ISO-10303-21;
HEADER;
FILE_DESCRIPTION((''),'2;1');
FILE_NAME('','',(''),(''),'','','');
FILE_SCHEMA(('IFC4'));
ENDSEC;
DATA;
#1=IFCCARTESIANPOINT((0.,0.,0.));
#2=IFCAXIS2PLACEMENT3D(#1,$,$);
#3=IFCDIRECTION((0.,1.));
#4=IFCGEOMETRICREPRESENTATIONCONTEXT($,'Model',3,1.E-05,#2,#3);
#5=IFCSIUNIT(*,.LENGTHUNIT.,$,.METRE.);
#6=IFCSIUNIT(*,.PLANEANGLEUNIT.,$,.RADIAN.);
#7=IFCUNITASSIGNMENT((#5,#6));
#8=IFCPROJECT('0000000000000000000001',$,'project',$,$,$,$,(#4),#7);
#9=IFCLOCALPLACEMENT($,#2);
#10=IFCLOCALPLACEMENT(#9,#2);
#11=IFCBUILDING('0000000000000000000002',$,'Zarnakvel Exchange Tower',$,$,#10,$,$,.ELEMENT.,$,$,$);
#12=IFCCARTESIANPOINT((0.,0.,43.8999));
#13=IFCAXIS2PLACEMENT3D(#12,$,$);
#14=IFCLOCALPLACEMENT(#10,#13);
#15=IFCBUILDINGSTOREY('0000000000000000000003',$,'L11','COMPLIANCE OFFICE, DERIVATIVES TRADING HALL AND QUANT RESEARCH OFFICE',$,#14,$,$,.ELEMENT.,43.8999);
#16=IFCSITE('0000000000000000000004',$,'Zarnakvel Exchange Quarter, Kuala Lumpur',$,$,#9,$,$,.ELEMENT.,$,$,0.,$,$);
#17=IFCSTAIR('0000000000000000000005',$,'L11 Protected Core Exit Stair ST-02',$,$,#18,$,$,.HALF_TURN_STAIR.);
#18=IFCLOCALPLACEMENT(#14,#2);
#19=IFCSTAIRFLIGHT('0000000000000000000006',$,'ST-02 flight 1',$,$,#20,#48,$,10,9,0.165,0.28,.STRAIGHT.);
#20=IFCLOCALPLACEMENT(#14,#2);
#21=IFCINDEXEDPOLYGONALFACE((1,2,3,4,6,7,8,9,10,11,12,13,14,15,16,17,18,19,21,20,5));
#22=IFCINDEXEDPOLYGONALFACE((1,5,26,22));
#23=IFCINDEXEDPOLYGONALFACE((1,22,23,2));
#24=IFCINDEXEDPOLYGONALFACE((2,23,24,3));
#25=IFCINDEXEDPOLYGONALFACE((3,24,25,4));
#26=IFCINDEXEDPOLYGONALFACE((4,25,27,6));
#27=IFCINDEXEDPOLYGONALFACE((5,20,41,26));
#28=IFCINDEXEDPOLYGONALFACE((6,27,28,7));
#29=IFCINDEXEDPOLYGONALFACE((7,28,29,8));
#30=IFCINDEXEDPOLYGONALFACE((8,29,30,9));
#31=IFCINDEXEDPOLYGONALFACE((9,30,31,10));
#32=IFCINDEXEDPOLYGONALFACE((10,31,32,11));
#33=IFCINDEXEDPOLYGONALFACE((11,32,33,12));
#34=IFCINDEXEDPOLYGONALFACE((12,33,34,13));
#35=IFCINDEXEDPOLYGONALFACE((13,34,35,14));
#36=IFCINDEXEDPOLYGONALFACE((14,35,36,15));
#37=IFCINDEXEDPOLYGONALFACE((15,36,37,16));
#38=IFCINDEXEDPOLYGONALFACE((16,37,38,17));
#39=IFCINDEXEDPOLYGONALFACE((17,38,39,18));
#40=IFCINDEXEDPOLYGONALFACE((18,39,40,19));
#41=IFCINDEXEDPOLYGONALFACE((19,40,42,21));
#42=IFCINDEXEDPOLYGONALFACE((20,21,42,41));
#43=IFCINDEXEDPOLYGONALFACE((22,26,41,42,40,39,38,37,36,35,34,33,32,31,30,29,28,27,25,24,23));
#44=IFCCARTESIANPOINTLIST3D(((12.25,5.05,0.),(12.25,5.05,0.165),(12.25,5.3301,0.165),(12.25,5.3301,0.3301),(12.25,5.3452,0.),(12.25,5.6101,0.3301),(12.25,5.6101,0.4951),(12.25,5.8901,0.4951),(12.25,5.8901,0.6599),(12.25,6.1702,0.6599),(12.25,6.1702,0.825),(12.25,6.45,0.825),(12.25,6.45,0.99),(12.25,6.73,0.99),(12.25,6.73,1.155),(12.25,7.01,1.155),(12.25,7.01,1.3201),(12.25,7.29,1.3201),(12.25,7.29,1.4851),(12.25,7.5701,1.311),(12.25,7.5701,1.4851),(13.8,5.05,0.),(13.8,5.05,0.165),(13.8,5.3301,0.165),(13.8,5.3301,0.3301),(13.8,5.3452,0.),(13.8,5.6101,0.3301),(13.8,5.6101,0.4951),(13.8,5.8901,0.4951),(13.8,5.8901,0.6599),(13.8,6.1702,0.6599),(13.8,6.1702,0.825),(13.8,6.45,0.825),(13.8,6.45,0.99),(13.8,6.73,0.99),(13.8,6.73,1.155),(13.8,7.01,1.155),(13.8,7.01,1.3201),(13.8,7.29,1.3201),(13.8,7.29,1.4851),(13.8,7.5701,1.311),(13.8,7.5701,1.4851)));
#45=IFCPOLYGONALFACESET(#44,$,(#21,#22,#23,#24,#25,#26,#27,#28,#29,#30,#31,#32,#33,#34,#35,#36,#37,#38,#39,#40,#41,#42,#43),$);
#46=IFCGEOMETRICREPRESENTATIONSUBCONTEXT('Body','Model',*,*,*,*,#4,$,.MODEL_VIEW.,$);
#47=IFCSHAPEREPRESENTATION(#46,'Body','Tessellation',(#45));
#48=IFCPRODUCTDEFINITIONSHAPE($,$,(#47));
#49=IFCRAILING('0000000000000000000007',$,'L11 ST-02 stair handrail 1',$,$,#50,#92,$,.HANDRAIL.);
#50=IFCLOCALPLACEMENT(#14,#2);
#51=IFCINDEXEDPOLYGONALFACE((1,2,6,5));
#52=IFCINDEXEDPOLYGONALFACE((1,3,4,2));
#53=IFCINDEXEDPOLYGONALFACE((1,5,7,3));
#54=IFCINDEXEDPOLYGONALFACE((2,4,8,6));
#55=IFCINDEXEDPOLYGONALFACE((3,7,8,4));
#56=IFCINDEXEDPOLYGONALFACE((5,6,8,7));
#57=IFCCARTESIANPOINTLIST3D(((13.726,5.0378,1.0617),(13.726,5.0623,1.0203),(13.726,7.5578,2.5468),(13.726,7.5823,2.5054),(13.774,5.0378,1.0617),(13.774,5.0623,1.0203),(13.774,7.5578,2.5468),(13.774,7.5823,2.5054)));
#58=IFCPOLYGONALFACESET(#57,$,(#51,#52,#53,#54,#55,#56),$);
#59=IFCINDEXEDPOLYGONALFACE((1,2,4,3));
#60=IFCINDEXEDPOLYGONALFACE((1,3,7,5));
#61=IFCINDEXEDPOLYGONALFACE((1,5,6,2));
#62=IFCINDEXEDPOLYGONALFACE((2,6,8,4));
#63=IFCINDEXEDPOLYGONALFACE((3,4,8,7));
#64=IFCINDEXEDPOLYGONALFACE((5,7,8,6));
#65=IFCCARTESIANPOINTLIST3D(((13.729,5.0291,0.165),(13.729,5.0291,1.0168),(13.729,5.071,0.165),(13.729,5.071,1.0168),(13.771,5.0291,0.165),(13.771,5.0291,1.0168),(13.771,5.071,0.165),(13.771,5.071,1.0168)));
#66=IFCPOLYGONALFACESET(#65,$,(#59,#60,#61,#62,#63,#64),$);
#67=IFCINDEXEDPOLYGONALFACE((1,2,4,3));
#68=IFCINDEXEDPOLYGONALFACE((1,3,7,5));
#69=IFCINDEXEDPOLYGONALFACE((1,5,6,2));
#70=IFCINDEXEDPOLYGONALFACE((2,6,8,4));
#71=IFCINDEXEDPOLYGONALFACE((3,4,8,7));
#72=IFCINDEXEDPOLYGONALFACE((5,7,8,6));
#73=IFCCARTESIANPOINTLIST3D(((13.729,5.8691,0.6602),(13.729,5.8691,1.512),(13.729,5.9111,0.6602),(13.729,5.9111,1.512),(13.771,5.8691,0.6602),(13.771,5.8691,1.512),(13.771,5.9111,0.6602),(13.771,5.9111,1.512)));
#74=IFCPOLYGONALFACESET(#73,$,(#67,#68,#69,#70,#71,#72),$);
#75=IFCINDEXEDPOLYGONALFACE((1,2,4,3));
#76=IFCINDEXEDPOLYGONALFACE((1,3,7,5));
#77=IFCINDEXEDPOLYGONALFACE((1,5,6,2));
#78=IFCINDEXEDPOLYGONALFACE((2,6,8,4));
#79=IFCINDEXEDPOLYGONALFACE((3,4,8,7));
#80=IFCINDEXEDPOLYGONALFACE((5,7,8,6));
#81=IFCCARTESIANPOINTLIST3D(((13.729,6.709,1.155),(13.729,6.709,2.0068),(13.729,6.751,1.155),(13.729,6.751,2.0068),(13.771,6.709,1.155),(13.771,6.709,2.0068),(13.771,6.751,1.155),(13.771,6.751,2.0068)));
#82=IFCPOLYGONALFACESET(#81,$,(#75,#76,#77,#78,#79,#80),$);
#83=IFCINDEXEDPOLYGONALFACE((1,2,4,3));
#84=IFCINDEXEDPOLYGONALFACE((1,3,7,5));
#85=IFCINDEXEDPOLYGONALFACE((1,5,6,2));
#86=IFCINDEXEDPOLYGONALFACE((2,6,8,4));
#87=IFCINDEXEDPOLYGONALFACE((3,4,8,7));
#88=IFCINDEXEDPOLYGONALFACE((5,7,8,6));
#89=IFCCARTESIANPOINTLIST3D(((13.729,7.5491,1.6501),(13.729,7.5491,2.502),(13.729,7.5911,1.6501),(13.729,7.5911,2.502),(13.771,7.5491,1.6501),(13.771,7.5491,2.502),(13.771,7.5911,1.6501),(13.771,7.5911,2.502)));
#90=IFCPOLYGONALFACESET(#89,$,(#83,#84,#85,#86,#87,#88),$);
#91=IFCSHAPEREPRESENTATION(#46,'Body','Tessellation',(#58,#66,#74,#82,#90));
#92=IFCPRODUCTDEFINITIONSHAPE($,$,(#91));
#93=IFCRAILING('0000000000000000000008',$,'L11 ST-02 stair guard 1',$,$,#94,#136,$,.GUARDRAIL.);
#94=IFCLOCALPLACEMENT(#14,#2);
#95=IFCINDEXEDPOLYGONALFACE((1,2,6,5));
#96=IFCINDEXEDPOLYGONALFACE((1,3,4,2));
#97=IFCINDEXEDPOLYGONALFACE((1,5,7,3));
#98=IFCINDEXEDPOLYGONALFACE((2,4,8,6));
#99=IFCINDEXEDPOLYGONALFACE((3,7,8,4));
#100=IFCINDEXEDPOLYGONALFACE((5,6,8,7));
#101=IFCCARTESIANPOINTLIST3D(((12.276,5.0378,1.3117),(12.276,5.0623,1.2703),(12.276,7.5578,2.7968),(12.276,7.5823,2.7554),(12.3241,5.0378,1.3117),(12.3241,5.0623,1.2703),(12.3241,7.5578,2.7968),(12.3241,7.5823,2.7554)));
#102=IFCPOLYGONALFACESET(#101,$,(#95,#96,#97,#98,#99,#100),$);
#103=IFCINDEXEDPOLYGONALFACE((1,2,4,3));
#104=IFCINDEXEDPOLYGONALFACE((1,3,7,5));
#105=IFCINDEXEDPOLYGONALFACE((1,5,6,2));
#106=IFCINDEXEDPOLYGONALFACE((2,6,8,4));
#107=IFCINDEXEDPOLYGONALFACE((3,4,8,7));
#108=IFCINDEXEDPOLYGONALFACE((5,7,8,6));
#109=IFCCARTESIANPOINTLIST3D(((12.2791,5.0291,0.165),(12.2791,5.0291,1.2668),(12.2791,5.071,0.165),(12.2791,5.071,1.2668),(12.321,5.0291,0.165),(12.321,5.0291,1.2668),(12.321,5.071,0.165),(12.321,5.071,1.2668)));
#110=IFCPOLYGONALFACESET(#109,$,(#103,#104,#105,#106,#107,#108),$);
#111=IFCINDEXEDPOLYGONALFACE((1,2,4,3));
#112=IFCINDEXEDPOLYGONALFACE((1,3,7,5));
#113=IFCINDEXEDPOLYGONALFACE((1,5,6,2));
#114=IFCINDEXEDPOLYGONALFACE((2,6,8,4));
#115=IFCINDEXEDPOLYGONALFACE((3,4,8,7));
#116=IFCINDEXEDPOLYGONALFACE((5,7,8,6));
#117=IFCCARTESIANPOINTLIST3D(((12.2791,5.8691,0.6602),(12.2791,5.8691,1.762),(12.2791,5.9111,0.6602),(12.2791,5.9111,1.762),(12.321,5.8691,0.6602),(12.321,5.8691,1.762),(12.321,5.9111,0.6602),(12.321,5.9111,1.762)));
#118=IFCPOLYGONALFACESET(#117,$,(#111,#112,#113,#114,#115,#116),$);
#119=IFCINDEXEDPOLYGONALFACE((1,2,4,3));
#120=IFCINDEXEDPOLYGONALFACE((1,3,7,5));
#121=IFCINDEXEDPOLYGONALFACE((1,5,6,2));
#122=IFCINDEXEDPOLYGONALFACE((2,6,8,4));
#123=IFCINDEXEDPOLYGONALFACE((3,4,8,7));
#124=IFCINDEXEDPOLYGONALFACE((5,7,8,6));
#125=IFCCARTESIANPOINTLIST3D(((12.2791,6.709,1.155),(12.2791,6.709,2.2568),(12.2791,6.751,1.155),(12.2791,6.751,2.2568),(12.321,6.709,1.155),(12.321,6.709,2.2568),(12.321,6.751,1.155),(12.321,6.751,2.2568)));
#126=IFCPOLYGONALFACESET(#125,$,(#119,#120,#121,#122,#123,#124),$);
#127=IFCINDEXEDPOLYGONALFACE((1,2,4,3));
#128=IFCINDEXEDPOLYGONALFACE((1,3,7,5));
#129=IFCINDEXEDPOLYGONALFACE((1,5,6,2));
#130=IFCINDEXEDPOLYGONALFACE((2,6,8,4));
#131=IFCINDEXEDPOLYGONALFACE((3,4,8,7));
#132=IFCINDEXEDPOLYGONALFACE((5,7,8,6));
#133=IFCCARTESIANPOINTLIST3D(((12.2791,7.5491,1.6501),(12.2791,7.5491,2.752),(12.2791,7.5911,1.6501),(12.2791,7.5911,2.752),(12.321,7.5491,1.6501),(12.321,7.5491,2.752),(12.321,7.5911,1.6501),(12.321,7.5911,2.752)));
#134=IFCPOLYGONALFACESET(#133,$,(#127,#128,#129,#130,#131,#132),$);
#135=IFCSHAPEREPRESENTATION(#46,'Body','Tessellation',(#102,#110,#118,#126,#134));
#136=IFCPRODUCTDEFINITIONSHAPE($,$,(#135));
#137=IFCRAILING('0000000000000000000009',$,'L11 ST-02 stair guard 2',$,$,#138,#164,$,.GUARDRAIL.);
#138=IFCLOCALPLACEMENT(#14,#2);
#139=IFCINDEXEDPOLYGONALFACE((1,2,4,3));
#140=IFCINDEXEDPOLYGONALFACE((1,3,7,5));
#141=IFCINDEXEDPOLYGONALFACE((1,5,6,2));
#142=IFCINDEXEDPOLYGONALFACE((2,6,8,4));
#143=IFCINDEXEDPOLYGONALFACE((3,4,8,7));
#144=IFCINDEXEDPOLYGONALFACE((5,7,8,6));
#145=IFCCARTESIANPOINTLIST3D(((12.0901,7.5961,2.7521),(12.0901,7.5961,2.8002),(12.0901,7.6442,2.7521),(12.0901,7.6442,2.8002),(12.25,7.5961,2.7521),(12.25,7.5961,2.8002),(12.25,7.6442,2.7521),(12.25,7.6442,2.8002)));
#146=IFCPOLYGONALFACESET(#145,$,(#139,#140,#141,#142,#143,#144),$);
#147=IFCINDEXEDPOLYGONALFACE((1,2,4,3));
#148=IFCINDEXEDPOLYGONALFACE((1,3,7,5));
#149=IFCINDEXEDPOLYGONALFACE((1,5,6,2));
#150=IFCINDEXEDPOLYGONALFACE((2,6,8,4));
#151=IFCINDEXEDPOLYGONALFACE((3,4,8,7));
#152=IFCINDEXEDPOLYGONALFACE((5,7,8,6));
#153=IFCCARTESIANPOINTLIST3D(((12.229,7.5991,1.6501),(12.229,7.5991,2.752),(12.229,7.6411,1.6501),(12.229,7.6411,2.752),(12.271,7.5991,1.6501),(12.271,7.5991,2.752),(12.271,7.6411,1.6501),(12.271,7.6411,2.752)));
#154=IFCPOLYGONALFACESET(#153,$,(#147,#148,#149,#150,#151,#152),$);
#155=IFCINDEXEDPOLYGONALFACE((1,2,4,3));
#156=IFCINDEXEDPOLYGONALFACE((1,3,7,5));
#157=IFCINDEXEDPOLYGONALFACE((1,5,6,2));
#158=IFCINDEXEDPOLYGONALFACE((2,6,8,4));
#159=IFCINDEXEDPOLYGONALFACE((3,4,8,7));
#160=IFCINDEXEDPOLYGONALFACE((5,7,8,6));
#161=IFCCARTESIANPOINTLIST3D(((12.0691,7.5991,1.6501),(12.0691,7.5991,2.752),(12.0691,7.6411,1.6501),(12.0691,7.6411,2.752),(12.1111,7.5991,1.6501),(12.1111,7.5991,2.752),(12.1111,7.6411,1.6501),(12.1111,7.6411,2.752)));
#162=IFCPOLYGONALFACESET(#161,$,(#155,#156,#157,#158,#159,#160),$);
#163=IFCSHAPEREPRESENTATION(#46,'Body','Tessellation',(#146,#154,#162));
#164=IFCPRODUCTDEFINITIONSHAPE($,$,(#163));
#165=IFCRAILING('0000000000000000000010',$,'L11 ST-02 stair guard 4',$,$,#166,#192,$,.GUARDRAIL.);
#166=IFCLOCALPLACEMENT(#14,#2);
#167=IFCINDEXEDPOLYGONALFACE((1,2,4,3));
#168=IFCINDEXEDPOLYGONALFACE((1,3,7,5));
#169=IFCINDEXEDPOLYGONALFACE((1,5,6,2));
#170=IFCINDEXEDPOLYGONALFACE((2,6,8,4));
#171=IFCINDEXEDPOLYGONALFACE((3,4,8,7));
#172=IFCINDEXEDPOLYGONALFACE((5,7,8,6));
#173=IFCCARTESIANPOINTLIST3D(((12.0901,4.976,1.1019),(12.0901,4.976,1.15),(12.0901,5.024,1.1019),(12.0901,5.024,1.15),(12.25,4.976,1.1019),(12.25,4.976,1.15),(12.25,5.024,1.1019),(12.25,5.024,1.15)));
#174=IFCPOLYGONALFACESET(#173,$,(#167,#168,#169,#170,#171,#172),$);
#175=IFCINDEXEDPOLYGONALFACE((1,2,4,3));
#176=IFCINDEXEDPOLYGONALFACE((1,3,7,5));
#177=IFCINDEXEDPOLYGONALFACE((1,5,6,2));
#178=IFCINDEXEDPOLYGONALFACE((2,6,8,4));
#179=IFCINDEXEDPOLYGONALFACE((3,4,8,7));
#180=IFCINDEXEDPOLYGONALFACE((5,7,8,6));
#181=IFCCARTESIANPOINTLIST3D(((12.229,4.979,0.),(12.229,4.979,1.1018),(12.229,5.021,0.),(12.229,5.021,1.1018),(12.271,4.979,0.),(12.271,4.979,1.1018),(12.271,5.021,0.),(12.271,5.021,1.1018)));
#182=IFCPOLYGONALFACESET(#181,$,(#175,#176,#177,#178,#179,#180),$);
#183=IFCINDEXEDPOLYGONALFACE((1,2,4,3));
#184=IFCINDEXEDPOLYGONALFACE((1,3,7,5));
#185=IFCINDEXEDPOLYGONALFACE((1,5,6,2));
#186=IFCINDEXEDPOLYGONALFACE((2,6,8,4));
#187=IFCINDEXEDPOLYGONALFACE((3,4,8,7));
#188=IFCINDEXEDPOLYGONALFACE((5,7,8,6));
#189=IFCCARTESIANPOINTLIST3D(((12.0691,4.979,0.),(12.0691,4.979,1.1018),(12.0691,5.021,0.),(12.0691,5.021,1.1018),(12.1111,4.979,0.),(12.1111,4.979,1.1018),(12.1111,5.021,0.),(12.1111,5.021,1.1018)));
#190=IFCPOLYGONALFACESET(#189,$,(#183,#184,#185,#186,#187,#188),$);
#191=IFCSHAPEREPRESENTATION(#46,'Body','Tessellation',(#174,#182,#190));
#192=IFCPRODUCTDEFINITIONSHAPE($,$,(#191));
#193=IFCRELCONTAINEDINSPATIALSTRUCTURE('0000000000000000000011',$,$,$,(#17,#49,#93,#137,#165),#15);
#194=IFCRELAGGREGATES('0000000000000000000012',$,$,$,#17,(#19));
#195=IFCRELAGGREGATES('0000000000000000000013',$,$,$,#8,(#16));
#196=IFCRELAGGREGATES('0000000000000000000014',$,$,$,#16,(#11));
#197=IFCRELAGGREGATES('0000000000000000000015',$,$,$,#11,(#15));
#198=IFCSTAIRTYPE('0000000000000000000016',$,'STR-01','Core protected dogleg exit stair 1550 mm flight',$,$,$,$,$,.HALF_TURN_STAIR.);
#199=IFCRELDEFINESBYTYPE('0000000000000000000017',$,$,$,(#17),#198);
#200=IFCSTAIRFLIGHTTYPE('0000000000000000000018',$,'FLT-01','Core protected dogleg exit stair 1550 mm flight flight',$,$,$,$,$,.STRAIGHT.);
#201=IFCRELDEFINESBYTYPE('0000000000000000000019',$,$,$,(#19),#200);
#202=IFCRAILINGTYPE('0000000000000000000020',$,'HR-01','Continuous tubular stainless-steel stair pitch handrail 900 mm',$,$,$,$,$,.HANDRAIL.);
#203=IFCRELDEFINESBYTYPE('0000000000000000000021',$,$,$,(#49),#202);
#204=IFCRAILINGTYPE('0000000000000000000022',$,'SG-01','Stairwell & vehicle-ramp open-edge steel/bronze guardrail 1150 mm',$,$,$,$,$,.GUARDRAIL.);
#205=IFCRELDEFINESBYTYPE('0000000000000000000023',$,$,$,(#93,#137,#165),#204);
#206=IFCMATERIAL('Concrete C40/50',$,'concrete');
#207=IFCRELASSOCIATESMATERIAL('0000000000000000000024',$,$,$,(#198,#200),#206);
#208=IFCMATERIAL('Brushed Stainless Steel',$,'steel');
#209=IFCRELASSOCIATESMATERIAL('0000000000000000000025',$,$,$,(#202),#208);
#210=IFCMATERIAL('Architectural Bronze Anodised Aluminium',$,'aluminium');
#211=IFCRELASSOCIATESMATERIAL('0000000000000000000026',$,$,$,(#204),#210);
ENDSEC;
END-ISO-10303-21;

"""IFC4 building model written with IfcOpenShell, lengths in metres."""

from ifc_helpers import new_model, si_unit, direction, frame, origin, origin_2d, place, context, subcontext, project, spatial, polyline, rectangle, outline, extrude, material, type_object, element, aggregate, save


model = new_model("IFC4")

# Units and contexts
model_context = context("Model", 3, precision=1e-05, world=origin(), true_north=direction((0.0, 1.0)))
body_context = subcontext(model_context, "Body", "Model", "MODEL_VIEW")
ifc_project = project(units=[si_unit("LENGTHUNIT", "METRE"), si_unit("PLANEANGLEUNIT", "RADIAN")], contexts=[model_context])

# Site, building, storey
site_placement = place(None, origin())
site = spatial("IfcSite", under=ifc_project, at=site_placement, Name="Zarnakvel Exchange Quarter, Kuala Lumpur", CompositionType="ELEMENT", RefElevation=0.0)
building_placement = place(site_placement, origin())
building = spatial("IfcBuilding", under=site, at=building_placement, Name="Zarnakvel Exchange Tower", CompositionType="ELEMENT")
storey_placement = place(building_placement, frame((0.0, 0.0, 43.8999)))
storey = spatial("IfcBuildingStorey", under=building, at=storey_placement, Name="L11", Description="COMPLIANCE OFFICE, DERIVATIVES TRADING HALL AND QUANT RESEARCH OFFICE", CompositionType="ELEMENT", Elevation=43.8999)

# Shared definitions
ifc_material_1 = material(Name="Architectural Bronze Anodised Aluminium", Category="aluminium")

# Shared definitions
ifc_material_2 = material(Name="Concrete C40/50", Category="concrete")

# Stair, stair flight
stair_type = type_object("IfcStairType", Name="STR-01", Description="Core protected dogleg exit stair 1550 mm flight", PredefinedType="HALF_TURN_STAIR", material=ifc_material_2)
stair_placement = place(storey_placement, origin())
stair = element("IfcStair", 1, at=stair_placement, inside=storey, type_object=stair_type, Name="L11 Protected Core Exit Stair ST-02", PredefinedType="HALF_TURN_STAIR")
stair_flight_type = type_object("IfcStairFlightType", Name="FLT-01", Description="Core protected dogleg exit stair 1550 mm flight flight", PredefinedType="STRAIGHT", material=ifc_material_2)
stair_flight_placement = place(storey_placement, frame((13.0249, 5.05, 0.0), z_axis=(0.0, 0.0, 1.0), x_axis=(0.0, 1.0, 0.0)))
stair_flight = element("IfcStairFlight", 2, at=stair_flight_placement, type_object=stair_flight_type, Name="ST-02 flight 1", NumberOfRisers=10, NumberOfTreads=9, PredefinedType="STRAIGHT", RiserHeight=0.165, TreadLength=0.28, context=body_context, shape_type="SweptSolid", body=[
    extrude(outline(polyline([(0.0, 0.0), (0.0, 0.165), (0.28, 0.165), (0.28, 0.3301), (0.5601, 0.3301), (0.5601, 0.4951), (0.8401, 0.4951), (0.8401, 0.6599), (1.1201, 0.6599), (1.1201, 0.825), (1.3999, 0.825), (1.3999, 0.99), (1.6799, 0.99), (1.6799, 1.155), (1.96, 1.155), (1.96, 1.3201), (2.24, 1.3201), (2.24, 1.4851), (2.52, 1.4851), (2.52, 1.6499), (2.52, 1.311), (0.2952, 0.0), (0.0, 0.0)])), frame((0.0, 0.7749, 0.0), z_axis=(0.0, -1.0, 0.0), x_axis=(1.0, 0.0, 0.0)), (0.0, 0.0, 1.0), 1.55),
])
aggregate(stair, [stair_flight])

# Railings
ifc_material_3 = material(Name="Brushed Stainless Steel", Category="steel")
railing_type_1 = type_object("IfcRailingType", Name="HR-01", Description="Continuous tubular stainless-steel stair pitch handrail 900 mm", PredefinedType="HANDRAIL", material=ifc_material_3)
railing_1_placement = place(storey_placement, frame((13.75, 5.05, 0.165)))
element("IfcRailing", 3, at=railing_1_placement, inside=storey, type_object=railing_type_1, Name="L11 ST-02 stair handrail 1", PredefinedType="HANDRAIL", context=body_context, shape_type="SweptSolid", body=[
    extrude(rectangle(XDim=0.0481, YDim=0.0481, at=origin_2d()), frame((0.0, 0.0, 0.876), z_axis=(0.0, 0.861524, 0.507717), x_axis=(-1.0, 0.0, 0.0)), (0.0, 0.0, 1.0), 2.925),
    extrude(rectangle(XDim=0.042, YDim=0.042, at=origin_2d()), origin(), (0.0, 0.0, 1.0), 0.8518),
    extrude(rectangle(XDim=0.042, YDim=0.042, at=origin_2d()), frame((0.0, 0.8401, 0.4951)), (0.0, 0.0, 1.0), 0.8518),
    extrude(rectangle(XDim=0.042, YDim=0.042, at=origin_2d()), frame((0.0, 1.6799, 0.99)), (0.0, 0.0, 1.0), 0.8518),
    extrude(rectangle(XDim=0.042, YDim=0.042, at=origin_2d()), frame((0.0, 2.52, 1.4851)), (0.0, 0.0, 1.0), 0.8518),
])
railing_type_2 = type_object("IfcRailingType", Name="SG-01", Description="Stairwell & vehicle-ramp open-edge steel/bronze guardrail 1150 mm", PredefinedType="GUARDRAIL", material=ifc_material_1)
railing_2_placement = place(storey_placement, frame((12.3, 5.05, 0.165)))
element("IfcRailing", 4, at=railing_2_placement, inside=storey, type_object=railing_type_2, Name="L11 ST-02 stair guard 1", PredefinedType="GUARDRAIL", context=body_context, shape_type="SweptSolid", body=[
    extrude(rectangle(XDim=0.0481, YDim=0.0481, at=origin_2d()), frame((0.0, 0.0, 1.126), z_axis=(0.0, 0.861524, 0.507717), x_axis=(-1.0, 0.0, 0.0)), (0.0, 0.0, 1.0), 2.925),
    extrude(rectangle(XDim=0.042, YDim=0.042, at=origin_2d()), origin(), (0.0, 0.0, 1.0), 1.1018),
    extrude(rectangle(XDim=0.042, YDim=0.042, at=origin_2d()), frame((0.0, 0.8401, 0.4951)), (0.0, 0.0, 1.0), 1.1018),
    extrude(rectangle(XDim=0.042, YDim=0.042, at=origin_2d()), frame((0.0, 1.6799, 0.99)), (0.0, 0.0, 1.0), 1.1018),
    extrude(rectangle(XDim=0.042, YDim=0.042, at=origin_2d()), frame((0.0, 2.52, 1.4851)), (0.0, 0.0, 1.0), 1.1018),
])
for number, where, name in (
    (5, (12.25, 7.6201, 1.6501), "L11 ST-02 stair guard 2"),
    (6, (12.25, 5.0, 0.0), "L11 ST-02 stair guard 4"),
):
    element("IfcRailing", number, at=place(storey_placement, frame(where)), inside=storey, type_object=railing_type_2, Name=name, PredefinedType="GUARDRAIL", context=body_context, shape_type="SweptSolid", body=[
        extrude(rectangle(XDim=0.0481, YDim=0.0481, at=origin_2d()), frame((0.0, 0.0, 1.126), z_axis=(-1.0, 0.0, 0.0), x_axis=(0.0, -1.0, 0.0)), (0.0, 0.0, 1.0), 0.1599),
        extrude(rectangle(XDim=0.042, YDim=0.042, at=origin_2d()), origin(), (0.0, 0.0, 1.0), 1.1018),
        extrude(rectangle(XDim=0.042, YDim=0.042, at=origin_2d()), frame((-0.1599, 0.0, 0.0)), (0.0, 0.0, 1.0), 1.1018),
    ])

save(model, "model.ifc")
